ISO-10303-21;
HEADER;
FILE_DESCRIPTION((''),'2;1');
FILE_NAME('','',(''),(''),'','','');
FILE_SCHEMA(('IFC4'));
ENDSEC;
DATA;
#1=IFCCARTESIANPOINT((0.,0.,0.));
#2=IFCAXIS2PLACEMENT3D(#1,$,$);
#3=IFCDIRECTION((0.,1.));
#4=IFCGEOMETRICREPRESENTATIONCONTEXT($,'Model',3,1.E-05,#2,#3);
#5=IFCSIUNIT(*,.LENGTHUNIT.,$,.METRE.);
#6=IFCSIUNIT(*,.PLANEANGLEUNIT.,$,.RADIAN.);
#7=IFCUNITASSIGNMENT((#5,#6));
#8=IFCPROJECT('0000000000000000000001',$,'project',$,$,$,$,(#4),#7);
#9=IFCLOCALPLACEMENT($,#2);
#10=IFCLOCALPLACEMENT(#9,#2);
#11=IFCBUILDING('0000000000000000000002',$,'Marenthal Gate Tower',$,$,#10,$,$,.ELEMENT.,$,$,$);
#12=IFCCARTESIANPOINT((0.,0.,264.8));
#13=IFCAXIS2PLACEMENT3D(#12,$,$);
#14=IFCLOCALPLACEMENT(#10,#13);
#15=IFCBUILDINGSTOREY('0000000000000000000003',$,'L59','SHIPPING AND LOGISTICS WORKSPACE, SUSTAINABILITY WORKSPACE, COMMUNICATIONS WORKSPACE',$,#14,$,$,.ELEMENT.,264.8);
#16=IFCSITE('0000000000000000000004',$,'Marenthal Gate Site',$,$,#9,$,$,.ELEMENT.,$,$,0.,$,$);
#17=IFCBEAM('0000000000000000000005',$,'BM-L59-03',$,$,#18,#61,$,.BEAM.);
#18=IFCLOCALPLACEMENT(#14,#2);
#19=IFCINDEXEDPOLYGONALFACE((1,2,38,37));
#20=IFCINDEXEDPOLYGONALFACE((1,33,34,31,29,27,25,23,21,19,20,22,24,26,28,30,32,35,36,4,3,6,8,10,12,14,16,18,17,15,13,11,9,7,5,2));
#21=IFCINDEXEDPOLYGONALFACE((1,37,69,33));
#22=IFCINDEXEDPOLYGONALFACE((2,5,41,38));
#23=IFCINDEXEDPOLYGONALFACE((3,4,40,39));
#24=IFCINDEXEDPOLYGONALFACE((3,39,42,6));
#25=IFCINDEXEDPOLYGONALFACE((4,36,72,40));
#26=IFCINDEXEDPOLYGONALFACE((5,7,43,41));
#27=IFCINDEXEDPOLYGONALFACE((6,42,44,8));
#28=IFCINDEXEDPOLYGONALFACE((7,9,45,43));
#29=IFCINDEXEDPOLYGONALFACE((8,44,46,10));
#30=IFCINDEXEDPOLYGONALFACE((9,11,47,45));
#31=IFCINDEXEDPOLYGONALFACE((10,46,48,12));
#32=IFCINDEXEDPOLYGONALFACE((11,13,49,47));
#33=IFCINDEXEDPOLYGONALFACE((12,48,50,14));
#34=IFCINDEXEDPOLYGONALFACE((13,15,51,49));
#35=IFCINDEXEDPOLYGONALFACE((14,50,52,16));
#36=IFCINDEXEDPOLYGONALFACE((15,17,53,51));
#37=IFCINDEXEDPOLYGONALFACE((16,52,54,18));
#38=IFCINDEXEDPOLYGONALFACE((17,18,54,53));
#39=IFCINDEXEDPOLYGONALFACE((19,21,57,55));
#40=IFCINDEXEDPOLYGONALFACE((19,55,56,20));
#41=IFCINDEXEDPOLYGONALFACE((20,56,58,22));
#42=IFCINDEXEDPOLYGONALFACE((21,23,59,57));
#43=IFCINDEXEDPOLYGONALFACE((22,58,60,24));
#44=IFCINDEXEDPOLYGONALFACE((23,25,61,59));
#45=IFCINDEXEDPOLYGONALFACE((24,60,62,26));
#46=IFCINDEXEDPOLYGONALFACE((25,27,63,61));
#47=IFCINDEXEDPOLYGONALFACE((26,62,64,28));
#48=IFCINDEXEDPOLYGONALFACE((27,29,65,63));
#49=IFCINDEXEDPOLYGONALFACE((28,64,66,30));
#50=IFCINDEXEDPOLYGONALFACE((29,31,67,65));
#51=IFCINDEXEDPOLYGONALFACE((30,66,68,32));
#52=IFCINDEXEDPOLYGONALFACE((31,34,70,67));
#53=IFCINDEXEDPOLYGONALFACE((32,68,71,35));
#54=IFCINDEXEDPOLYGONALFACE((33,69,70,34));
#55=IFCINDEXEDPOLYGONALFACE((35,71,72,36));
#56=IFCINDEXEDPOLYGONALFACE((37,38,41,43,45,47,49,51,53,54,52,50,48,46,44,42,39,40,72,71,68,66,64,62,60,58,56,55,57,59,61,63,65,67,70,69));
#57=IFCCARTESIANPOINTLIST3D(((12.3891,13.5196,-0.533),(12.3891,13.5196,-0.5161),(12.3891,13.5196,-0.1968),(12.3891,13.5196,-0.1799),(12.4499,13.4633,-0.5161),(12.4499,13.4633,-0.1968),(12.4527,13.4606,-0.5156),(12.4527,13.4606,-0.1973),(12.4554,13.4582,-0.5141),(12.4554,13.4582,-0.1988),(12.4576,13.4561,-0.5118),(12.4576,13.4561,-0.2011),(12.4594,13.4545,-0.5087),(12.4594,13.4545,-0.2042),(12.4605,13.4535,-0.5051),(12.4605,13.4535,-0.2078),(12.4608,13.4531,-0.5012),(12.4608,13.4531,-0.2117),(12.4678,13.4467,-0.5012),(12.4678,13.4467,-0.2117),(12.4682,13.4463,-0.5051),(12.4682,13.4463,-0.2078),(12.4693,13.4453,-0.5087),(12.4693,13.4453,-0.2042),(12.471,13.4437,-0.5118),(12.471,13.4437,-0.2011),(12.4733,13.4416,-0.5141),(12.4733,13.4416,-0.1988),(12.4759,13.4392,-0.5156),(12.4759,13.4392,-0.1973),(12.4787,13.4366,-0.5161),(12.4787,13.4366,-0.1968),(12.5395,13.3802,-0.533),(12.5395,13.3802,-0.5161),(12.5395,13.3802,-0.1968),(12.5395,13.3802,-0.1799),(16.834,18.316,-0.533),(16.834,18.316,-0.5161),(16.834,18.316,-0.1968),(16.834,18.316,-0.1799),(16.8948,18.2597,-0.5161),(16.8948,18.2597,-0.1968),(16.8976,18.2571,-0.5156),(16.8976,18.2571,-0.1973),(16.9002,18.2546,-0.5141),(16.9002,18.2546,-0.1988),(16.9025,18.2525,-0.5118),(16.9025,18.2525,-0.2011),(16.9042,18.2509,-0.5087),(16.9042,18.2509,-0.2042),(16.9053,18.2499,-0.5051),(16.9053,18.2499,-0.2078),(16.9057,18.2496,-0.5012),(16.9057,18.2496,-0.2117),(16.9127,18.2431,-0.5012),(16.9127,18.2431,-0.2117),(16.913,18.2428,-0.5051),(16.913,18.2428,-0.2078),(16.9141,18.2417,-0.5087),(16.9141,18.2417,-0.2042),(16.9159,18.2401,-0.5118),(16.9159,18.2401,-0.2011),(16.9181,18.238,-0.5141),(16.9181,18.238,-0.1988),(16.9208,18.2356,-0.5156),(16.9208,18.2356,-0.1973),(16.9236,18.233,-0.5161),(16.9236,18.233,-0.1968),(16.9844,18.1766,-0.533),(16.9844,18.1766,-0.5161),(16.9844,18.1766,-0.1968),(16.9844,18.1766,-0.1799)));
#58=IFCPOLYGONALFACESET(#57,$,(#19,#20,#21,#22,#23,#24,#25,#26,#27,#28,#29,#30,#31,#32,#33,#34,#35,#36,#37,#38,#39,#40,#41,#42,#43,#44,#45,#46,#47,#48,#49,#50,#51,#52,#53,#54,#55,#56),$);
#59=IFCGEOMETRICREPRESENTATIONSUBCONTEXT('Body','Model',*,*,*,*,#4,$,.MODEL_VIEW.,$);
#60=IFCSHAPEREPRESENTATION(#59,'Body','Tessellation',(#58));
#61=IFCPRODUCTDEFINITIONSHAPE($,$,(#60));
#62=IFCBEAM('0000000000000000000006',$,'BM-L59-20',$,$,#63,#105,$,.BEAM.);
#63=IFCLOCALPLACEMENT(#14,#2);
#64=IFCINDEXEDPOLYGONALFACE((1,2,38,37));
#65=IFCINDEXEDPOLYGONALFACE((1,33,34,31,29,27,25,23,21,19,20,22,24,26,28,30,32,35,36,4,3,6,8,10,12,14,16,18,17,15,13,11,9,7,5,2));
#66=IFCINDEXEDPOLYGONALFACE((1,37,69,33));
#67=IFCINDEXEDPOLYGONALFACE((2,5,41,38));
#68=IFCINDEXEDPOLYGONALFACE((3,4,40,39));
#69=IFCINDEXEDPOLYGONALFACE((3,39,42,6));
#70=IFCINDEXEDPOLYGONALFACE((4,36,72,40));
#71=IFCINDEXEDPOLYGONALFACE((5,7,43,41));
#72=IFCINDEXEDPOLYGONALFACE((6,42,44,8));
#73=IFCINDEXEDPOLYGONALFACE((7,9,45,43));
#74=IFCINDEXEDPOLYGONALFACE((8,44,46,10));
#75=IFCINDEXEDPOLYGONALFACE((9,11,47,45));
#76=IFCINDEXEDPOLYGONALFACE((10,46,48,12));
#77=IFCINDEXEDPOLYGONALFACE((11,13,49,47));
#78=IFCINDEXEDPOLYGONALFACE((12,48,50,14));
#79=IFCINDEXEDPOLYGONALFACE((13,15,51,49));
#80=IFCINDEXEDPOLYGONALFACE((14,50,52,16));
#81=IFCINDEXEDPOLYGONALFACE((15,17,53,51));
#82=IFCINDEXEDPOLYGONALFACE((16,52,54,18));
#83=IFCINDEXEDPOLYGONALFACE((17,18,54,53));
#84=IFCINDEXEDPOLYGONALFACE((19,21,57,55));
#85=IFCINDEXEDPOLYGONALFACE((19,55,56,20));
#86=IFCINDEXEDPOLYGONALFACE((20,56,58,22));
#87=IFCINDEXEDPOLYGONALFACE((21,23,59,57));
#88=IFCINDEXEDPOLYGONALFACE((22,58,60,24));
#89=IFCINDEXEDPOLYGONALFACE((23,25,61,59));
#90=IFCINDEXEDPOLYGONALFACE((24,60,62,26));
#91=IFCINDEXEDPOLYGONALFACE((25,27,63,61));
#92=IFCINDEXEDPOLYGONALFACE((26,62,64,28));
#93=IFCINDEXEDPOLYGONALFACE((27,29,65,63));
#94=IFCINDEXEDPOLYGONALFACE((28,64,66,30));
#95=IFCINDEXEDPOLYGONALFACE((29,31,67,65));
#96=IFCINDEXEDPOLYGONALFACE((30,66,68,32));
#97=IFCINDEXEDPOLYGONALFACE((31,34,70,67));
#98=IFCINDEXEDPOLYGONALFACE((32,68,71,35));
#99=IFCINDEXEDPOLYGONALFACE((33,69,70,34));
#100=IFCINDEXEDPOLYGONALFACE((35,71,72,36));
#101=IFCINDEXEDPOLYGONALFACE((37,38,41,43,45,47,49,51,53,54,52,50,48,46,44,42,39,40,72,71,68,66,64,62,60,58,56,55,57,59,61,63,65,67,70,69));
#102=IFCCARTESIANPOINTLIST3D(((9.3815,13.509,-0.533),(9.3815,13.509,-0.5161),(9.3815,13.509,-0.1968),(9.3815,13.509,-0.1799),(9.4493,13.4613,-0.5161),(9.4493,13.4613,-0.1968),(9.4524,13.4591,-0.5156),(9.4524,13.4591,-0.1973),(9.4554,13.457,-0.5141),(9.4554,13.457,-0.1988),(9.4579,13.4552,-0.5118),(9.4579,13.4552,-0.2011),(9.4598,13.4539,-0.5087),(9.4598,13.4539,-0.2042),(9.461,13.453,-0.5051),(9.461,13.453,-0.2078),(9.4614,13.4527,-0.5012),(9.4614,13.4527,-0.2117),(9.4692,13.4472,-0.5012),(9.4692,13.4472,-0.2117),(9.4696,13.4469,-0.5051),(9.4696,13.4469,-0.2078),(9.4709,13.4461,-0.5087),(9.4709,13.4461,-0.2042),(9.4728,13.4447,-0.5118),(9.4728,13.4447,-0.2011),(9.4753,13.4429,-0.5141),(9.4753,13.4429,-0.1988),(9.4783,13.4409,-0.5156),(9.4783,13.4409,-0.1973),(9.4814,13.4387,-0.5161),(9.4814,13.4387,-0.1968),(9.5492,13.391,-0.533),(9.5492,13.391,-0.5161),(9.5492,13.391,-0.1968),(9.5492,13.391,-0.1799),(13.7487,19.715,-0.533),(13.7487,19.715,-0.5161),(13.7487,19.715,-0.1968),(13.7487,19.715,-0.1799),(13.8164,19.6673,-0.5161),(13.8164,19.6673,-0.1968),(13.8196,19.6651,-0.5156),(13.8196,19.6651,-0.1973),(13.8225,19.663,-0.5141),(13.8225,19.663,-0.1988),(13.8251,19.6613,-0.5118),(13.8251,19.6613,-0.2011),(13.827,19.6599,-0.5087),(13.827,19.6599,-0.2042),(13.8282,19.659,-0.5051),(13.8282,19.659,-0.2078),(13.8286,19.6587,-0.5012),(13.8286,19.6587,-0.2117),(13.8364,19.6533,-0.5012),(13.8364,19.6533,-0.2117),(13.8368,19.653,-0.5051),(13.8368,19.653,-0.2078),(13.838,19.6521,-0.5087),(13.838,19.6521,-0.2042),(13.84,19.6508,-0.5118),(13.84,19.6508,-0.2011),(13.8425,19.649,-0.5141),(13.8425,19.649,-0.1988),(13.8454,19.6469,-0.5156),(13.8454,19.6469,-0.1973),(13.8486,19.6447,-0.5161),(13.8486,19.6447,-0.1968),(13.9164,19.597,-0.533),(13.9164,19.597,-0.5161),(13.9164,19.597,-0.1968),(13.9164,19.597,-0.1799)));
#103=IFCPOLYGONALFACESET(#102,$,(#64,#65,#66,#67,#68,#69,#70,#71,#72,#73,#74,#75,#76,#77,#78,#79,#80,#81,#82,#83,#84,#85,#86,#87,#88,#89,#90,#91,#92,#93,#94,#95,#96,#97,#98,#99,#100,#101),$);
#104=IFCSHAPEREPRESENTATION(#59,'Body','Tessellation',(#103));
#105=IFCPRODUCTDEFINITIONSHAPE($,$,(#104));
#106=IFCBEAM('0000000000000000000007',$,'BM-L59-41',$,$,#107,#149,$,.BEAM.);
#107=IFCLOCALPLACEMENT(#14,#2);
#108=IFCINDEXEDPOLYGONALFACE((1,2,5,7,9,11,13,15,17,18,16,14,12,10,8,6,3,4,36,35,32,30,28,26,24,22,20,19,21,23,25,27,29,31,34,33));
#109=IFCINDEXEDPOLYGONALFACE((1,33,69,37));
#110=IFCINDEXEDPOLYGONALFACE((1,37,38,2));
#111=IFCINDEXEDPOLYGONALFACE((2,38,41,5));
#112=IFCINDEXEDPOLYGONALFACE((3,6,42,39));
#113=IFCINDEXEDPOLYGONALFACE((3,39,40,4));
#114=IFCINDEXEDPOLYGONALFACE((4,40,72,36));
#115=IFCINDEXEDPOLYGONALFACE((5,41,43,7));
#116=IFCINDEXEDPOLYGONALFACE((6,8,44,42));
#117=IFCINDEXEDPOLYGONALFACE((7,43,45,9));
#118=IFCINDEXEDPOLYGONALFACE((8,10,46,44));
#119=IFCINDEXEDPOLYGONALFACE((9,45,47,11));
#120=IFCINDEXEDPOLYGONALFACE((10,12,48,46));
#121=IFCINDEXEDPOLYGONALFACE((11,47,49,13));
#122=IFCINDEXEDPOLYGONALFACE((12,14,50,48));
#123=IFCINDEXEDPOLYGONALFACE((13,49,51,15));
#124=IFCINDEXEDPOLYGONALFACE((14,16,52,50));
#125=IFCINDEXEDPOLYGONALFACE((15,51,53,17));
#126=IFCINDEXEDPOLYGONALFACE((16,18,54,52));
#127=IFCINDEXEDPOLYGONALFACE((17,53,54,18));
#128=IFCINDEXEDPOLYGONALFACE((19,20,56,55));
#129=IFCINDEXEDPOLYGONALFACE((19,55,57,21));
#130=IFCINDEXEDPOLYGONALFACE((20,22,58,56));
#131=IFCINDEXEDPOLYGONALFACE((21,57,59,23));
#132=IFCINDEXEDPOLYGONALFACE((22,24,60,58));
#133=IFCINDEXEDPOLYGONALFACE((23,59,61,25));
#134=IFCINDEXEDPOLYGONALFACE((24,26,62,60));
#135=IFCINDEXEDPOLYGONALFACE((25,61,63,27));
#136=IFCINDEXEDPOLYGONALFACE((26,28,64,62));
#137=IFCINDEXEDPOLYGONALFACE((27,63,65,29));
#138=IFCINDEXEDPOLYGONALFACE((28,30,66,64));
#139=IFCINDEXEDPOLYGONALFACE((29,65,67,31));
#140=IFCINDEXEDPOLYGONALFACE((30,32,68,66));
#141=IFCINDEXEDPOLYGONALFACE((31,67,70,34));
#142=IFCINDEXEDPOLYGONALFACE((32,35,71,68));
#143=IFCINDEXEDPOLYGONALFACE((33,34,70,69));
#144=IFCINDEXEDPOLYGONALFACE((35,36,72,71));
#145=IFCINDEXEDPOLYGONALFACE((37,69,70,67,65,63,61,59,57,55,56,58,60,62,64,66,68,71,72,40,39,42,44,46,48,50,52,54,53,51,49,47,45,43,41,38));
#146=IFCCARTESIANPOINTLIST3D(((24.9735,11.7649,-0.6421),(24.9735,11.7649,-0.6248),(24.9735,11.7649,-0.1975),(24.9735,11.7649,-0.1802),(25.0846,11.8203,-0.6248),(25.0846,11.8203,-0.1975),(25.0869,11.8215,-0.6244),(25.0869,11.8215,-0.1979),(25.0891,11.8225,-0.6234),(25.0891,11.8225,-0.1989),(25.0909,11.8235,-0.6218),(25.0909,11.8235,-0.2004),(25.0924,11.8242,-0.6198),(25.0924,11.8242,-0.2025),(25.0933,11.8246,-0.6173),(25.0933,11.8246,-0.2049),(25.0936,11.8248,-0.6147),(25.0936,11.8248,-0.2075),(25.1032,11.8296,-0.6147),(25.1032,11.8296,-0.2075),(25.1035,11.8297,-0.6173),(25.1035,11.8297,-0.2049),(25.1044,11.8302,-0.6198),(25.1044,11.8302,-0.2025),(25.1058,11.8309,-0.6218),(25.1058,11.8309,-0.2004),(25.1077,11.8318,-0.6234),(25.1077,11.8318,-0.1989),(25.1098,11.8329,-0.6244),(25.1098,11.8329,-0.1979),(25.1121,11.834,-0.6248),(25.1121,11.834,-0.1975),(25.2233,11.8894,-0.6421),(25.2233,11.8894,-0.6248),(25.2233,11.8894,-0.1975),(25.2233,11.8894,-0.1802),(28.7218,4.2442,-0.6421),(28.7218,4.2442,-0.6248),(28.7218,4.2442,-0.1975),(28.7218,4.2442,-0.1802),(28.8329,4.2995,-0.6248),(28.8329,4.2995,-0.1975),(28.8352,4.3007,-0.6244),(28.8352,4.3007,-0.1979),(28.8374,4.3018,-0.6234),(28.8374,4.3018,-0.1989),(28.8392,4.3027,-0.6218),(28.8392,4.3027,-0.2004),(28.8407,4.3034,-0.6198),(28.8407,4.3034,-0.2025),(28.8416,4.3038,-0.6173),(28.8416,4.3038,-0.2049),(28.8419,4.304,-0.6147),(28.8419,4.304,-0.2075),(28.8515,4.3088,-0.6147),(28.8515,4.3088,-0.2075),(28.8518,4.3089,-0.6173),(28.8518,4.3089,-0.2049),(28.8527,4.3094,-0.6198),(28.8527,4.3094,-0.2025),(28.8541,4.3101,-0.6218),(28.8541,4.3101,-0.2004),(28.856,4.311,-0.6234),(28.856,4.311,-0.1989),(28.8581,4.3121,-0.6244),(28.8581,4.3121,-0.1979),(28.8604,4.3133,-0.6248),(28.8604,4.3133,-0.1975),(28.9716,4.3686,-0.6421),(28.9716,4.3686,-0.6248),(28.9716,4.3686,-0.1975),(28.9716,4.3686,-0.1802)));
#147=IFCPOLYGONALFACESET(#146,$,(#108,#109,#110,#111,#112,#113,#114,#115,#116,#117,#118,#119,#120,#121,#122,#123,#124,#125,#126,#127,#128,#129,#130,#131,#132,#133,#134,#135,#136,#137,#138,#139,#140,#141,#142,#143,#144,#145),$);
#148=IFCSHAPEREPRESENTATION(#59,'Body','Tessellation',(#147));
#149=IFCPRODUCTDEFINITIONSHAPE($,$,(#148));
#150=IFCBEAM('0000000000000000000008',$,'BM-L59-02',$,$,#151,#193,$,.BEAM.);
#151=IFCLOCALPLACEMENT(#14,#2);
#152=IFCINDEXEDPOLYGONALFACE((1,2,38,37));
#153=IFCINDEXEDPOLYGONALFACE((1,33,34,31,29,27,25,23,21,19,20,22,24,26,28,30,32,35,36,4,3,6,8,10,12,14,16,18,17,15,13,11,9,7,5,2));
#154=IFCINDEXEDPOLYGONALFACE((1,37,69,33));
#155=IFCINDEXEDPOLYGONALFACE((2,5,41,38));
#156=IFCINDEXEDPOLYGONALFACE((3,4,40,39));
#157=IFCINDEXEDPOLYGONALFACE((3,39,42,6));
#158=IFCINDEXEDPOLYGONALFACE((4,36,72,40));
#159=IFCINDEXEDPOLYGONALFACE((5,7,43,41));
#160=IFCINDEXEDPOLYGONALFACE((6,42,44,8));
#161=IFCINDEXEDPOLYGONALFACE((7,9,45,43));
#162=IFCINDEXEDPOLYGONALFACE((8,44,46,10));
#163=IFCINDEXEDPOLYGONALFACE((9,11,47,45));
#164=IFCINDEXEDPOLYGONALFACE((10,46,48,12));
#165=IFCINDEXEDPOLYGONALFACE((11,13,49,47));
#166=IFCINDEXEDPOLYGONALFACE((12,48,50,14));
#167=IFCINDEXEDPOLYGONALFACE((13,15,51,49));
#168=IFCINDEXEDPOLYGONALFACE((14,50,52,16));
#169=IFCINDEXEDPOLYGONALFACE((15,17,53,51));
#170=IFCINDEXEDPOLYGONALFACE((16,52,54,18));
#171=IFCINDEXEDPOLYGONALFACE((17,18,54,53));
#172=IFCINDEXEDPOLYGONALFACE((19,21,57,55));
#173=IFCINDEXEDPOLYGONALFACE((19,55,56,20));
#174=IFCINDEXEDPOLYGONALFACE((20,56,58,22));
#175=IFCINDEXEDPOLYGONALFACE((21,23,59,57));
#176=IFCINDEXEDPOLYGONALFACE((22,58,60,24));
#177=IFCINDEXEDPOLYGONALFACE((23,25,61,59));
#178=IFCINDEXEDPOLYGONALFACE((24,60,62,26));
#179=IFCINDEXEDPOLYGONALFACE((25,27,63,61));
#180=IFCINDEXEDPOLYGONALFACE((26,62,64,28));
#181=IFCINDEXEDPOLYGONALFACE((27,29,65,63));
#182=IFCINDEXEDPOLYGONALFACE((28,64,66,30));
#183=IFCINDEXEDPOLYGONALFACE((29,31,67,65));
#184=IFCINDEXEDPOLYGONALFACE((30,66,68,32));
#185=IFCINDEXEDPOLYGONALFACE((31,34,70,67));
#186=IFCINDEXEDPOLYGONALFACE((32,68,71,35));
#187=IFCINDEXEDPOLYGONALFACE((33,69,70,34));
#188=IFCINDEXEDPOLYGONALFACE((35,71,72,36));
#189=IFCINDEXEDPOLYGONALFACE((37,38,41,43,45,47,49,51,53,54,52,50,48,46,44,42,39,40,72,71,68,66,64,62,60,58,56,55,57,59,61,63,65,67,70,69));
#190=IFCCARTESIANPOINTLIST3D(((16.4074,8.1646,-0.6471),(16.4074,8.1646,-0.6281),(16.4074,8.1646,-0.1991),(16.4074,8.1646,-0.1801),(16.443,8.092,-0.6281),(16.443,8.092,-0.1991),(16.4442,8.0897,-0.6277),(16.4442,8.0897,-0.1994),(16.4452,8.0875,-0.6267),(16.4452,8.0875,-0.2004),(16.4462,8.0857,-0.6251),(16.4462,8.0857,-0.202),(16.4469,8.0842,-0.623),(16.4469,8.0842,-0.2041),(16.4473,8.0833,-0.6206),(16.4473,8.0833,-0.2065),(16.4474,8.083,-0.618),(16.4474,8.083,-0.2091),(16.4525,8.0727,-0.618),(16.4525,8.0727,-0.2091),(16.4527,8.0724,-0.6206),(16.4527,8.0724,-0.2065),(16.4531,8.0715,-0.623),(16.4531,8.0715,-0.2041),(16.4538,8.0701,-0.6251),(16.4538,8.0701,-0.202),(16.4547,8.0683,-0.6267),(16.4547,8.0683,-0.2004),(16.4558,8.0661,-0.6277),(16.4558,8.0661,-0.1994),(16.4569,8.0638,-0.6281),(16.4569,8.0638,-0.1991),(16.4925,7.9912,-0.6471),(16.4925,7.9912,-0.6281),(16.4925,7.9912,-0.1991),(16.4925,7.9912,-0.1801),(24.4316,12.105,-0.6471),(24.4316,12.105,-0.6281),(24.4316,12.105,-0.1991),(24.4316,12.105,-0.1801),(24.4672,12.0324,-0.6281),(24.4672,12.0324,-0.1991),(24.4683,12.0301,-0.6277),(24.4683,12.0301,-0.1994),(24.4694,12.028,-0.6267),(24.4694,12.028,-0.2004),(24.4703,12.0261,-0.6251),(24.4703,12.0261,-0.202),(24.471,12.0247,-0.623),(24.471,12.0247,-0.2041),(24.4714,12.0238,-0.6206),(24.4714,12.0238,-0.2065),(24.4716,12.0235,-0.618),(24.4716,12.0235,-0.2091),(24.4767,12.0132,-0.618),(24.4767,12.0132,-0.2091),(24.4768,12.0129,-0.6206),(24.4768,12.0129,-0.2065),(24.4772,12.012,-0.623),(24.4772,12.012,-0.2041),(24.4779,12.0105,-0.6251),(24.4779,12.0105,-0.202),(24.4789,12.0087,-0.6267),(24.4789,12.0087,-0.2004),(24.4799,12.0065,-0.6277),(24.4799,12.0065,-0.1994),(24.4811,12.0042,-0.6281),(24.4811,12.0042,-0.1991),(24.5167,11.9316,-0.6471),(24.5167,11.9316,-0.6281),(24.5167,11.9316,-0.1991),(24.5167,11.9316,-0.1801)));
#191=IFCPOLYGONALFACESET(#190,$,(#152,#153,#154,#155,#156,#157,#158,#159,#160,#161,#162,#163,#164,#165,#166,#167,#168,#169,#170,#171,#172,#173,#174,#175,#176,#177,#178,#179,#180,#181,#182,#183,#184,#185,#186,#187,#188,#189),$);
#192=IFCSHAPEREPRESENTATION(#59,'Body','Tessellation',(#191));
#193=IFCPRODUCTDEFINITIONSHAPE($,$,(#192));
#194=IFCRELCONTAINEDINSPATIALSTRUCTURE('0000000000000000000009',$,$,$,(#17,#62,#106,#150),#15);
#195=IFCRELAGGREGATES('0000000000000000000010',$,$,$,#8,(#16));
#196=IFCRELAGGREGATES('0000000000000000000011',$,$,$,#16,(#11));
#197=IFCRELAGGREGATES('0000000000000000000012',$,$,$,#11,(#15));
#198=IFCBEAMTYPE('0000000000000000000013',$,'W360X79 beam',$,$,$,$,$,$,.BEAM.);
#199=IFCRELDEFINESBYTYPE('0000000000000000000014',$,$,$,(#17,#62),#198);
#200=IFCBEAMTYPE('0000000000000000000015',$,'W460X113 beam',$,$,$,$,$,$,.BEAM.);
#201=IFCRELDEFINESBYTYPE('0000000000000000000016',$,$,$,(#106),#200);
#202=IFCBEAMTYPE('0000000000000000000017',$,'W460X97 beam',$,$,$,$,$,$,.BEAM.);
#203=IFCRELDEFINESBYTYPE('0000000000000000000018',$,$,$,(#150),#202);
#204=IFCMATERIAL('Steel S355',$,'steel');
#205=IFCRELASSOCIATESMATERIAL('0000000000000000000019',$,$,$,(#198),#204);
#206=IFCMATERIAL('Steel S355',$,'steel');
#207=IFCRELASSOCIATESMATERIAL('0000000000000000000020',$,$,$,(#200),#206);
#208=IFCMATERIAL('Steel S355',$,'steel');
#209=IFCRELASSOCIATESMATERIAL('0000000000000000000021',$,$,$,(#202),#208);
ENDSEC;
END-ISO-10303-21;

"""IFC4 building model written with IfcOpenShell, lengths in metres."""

from ifc_helpers import new_model, si_unit, direction, frame, origin, origin_2d, place, context, subcontext, project, spatial, i_section, extrude, material, material_profile, profile_set, type_object, element, save


model = new_model("IFC4")

# Units and contexts
model_context = context("Model", 3, precision=1e-05, world=origin(), true_north=direction((0.0, 1.0)))
body_context = subcontext(model_context, "Body", "Model", "MODEL_VIEW")
ifc_project = project(units=[si_unit("LENGTHUNIT", "METRE"), si_unit("PLANEANGLEUNIT", "RADIAN")], contexts=[model_context])

# Site, building, storey
site_placement = place(None, origin())
site = spatial("IfcSite", under=ifc_project, at=site_placement, Name="Marenthal Gate Site", CompositionType="ELEMENT", RefElevation=0.0)
building_placement = place(site_placement, origin())
building = spatial("IfcBuilding", under=site, at=building_placement, Name="Marenthal Gate Tower", CompositionType="ELEMENT")
storey_placement = place(building_placement, frame((0.0, 0.0, 264.8)))
storey = spatial("IfcBuildingStorey", under=building, at=storey_placement, Name="L59", Description="SHIPPING AND LOGISTICS WORKSPACE, SUSTAINABILITY WORKSPACE, COMMUNICATIONS WORKSPACE", CompositionType="ELEMENT", Elevation=264.8)

# Beams
ifc_material_1 = material(Name="Steel S355", Category="steel")
ifc_material_profile_1 = material_profile(ifc_material_1, i_section(OverallWidth=0.2051, OverallDepth=0.353, WebThickness=0.0095, FlangeThickness=0.0168, FilletRadius=0.0149, at=origin_2d()), Name="W360X79")
ifc_profile_set_1 = profile_set([ifc_material_profile_1], Name="Steel S355")
beam_type_1 = type_object("IfcBeamType", Name="W360X79 beam", PredefinedType="BEAM", material=ifc_profile_set_1)
beam_1_placement = place(storey_placement, frame((16.9092, 18.2463, -0.3564), z_axis=(-0.679715, -0.733477, 0.0), x_axis=(0.733477, -0.679715, 0.0)))
element("IfcBeam", 1, at=beam_1_placement, inside=storey, type_object=beam_type_1, Name="BM-L59-03", PredefinedType="BEAM", context=body_context, shape_type="SweptSolid", body=[
    extrude(i_section(OverallWidth=0.2051, OverallDepth=0.353, WebThickness=0.0095, FlangeThickness=0.0168, FilletRadius=0.0149, at=origin_2d()), origin(), (0.0, 0.0, 1.0), 6.5393),
])
beam_2_placement = place(storey_placement, frame((13.8325, 19.656, -0.3564), z_axis=(-0.57549, -0.817809, 0.0), x_axis=(0.817809, -0.57549, 0.0)))
element("IfcBeam", 2, at=beam_2_placement, inside=storey, type_object=beam_type_1, Name="BM-L59-20", PredefinedType="BEAM", context=body_context, shape_type="SweptSolid", body=[
    extrude(i_section(OverallWidth=0.2051, OverallDepth=0.353, WebThickness=0.0095, FlangeThickness=0.0168, FilletRadius=0.0149, at=origin_2d()), origin(), (0.0, 0.0, 1.0), 7.5886),
])
ifc_material_2 = material(Name="Steel S355", Category="steel")
ifc_material_profile_2 = material_profile(ifc_material_2, i_section(OverallWidth=0.2791, OverallDepth=0.4619, WebThickness=0.0107, FlangeThickness=0.0173, FilletRadius=0.01, at=origin_2d()), Name="W460X113")
ifc_profile_set_2 = profile_set([ifc_material_profile_2], Name="Steel S355")
beam_type_2 = type_object("IfcBeamType", Name="W460X113 beam", PredefinedType="BEAM", material=ifc_profile_set_2)
beam_3_placement = place(storey_placement, frame((28.8467, 4.3064, -0.4111), z_axis=(-0.446063, 0.895002, 0.0), x_axis=(-0.895002, -0.446063, 0.0)))
element("IfcBeam", 3, at=beam_3_placement, inside=storey, type_object=beam_type_2, Name="BM-L59-41", PredefinedType="BEAM", context=body_context, shape_type="SweptSolid", body=[
    extrude(i_section(OverallWidth=0.2791, OverallDepth=0.4619, WebThickness=0.0107, FlangeThickness=0.0173, FilletRadius=0.01, at=origin_2d()), origin(), (0.0, 0.0, 1.0), 8.4031),
])
ifc_material_3 = material(Name="Steel S355", Category="steel")
ifc_material_profile_3 = material_profile(ifc_material_3, i_section(OverallWidth=0.1931, OverallDepth=0.467, WebThickness=0.0115, FlangeThickness=0.019, FilletRadius=0.01, at=origin_2d()), Name="W460X97")
ifc_profile_set_3 = profile_set([ifc_material_profile_3], Name="Steel S355")
beam_type_3 = type_object("IfcBeamType", Name="W460X97 beam", PredefinedType="BEAM", material=ifc_profile_set_3)
beam_4_placement = place(storey_placement, frame((24.4741, 12.0183, -0.4136), z_axis=(-0.89761, -0.44079, 0.0), x_axis=(0.44079, -0.89761, 0.0)))
element("IfcBeam", 4, at=beam_4_placement, inside=storey, type_object=beam_type_3, Name="BM-L59-02", PredefinedType="BEAM", context=body_context, shape_type="SweptSolid", body=[
    extrude(i_section(OverallWidth=0.1931, OverallDepth=0.467, WebThickness=0.0115, FlangeThickness=0.019, FilletRadius=0.01, at=origin_2d()), origin(), (0.0, 0.0, 1.0), 8.9395),
])

save(model, "model.ifc")
